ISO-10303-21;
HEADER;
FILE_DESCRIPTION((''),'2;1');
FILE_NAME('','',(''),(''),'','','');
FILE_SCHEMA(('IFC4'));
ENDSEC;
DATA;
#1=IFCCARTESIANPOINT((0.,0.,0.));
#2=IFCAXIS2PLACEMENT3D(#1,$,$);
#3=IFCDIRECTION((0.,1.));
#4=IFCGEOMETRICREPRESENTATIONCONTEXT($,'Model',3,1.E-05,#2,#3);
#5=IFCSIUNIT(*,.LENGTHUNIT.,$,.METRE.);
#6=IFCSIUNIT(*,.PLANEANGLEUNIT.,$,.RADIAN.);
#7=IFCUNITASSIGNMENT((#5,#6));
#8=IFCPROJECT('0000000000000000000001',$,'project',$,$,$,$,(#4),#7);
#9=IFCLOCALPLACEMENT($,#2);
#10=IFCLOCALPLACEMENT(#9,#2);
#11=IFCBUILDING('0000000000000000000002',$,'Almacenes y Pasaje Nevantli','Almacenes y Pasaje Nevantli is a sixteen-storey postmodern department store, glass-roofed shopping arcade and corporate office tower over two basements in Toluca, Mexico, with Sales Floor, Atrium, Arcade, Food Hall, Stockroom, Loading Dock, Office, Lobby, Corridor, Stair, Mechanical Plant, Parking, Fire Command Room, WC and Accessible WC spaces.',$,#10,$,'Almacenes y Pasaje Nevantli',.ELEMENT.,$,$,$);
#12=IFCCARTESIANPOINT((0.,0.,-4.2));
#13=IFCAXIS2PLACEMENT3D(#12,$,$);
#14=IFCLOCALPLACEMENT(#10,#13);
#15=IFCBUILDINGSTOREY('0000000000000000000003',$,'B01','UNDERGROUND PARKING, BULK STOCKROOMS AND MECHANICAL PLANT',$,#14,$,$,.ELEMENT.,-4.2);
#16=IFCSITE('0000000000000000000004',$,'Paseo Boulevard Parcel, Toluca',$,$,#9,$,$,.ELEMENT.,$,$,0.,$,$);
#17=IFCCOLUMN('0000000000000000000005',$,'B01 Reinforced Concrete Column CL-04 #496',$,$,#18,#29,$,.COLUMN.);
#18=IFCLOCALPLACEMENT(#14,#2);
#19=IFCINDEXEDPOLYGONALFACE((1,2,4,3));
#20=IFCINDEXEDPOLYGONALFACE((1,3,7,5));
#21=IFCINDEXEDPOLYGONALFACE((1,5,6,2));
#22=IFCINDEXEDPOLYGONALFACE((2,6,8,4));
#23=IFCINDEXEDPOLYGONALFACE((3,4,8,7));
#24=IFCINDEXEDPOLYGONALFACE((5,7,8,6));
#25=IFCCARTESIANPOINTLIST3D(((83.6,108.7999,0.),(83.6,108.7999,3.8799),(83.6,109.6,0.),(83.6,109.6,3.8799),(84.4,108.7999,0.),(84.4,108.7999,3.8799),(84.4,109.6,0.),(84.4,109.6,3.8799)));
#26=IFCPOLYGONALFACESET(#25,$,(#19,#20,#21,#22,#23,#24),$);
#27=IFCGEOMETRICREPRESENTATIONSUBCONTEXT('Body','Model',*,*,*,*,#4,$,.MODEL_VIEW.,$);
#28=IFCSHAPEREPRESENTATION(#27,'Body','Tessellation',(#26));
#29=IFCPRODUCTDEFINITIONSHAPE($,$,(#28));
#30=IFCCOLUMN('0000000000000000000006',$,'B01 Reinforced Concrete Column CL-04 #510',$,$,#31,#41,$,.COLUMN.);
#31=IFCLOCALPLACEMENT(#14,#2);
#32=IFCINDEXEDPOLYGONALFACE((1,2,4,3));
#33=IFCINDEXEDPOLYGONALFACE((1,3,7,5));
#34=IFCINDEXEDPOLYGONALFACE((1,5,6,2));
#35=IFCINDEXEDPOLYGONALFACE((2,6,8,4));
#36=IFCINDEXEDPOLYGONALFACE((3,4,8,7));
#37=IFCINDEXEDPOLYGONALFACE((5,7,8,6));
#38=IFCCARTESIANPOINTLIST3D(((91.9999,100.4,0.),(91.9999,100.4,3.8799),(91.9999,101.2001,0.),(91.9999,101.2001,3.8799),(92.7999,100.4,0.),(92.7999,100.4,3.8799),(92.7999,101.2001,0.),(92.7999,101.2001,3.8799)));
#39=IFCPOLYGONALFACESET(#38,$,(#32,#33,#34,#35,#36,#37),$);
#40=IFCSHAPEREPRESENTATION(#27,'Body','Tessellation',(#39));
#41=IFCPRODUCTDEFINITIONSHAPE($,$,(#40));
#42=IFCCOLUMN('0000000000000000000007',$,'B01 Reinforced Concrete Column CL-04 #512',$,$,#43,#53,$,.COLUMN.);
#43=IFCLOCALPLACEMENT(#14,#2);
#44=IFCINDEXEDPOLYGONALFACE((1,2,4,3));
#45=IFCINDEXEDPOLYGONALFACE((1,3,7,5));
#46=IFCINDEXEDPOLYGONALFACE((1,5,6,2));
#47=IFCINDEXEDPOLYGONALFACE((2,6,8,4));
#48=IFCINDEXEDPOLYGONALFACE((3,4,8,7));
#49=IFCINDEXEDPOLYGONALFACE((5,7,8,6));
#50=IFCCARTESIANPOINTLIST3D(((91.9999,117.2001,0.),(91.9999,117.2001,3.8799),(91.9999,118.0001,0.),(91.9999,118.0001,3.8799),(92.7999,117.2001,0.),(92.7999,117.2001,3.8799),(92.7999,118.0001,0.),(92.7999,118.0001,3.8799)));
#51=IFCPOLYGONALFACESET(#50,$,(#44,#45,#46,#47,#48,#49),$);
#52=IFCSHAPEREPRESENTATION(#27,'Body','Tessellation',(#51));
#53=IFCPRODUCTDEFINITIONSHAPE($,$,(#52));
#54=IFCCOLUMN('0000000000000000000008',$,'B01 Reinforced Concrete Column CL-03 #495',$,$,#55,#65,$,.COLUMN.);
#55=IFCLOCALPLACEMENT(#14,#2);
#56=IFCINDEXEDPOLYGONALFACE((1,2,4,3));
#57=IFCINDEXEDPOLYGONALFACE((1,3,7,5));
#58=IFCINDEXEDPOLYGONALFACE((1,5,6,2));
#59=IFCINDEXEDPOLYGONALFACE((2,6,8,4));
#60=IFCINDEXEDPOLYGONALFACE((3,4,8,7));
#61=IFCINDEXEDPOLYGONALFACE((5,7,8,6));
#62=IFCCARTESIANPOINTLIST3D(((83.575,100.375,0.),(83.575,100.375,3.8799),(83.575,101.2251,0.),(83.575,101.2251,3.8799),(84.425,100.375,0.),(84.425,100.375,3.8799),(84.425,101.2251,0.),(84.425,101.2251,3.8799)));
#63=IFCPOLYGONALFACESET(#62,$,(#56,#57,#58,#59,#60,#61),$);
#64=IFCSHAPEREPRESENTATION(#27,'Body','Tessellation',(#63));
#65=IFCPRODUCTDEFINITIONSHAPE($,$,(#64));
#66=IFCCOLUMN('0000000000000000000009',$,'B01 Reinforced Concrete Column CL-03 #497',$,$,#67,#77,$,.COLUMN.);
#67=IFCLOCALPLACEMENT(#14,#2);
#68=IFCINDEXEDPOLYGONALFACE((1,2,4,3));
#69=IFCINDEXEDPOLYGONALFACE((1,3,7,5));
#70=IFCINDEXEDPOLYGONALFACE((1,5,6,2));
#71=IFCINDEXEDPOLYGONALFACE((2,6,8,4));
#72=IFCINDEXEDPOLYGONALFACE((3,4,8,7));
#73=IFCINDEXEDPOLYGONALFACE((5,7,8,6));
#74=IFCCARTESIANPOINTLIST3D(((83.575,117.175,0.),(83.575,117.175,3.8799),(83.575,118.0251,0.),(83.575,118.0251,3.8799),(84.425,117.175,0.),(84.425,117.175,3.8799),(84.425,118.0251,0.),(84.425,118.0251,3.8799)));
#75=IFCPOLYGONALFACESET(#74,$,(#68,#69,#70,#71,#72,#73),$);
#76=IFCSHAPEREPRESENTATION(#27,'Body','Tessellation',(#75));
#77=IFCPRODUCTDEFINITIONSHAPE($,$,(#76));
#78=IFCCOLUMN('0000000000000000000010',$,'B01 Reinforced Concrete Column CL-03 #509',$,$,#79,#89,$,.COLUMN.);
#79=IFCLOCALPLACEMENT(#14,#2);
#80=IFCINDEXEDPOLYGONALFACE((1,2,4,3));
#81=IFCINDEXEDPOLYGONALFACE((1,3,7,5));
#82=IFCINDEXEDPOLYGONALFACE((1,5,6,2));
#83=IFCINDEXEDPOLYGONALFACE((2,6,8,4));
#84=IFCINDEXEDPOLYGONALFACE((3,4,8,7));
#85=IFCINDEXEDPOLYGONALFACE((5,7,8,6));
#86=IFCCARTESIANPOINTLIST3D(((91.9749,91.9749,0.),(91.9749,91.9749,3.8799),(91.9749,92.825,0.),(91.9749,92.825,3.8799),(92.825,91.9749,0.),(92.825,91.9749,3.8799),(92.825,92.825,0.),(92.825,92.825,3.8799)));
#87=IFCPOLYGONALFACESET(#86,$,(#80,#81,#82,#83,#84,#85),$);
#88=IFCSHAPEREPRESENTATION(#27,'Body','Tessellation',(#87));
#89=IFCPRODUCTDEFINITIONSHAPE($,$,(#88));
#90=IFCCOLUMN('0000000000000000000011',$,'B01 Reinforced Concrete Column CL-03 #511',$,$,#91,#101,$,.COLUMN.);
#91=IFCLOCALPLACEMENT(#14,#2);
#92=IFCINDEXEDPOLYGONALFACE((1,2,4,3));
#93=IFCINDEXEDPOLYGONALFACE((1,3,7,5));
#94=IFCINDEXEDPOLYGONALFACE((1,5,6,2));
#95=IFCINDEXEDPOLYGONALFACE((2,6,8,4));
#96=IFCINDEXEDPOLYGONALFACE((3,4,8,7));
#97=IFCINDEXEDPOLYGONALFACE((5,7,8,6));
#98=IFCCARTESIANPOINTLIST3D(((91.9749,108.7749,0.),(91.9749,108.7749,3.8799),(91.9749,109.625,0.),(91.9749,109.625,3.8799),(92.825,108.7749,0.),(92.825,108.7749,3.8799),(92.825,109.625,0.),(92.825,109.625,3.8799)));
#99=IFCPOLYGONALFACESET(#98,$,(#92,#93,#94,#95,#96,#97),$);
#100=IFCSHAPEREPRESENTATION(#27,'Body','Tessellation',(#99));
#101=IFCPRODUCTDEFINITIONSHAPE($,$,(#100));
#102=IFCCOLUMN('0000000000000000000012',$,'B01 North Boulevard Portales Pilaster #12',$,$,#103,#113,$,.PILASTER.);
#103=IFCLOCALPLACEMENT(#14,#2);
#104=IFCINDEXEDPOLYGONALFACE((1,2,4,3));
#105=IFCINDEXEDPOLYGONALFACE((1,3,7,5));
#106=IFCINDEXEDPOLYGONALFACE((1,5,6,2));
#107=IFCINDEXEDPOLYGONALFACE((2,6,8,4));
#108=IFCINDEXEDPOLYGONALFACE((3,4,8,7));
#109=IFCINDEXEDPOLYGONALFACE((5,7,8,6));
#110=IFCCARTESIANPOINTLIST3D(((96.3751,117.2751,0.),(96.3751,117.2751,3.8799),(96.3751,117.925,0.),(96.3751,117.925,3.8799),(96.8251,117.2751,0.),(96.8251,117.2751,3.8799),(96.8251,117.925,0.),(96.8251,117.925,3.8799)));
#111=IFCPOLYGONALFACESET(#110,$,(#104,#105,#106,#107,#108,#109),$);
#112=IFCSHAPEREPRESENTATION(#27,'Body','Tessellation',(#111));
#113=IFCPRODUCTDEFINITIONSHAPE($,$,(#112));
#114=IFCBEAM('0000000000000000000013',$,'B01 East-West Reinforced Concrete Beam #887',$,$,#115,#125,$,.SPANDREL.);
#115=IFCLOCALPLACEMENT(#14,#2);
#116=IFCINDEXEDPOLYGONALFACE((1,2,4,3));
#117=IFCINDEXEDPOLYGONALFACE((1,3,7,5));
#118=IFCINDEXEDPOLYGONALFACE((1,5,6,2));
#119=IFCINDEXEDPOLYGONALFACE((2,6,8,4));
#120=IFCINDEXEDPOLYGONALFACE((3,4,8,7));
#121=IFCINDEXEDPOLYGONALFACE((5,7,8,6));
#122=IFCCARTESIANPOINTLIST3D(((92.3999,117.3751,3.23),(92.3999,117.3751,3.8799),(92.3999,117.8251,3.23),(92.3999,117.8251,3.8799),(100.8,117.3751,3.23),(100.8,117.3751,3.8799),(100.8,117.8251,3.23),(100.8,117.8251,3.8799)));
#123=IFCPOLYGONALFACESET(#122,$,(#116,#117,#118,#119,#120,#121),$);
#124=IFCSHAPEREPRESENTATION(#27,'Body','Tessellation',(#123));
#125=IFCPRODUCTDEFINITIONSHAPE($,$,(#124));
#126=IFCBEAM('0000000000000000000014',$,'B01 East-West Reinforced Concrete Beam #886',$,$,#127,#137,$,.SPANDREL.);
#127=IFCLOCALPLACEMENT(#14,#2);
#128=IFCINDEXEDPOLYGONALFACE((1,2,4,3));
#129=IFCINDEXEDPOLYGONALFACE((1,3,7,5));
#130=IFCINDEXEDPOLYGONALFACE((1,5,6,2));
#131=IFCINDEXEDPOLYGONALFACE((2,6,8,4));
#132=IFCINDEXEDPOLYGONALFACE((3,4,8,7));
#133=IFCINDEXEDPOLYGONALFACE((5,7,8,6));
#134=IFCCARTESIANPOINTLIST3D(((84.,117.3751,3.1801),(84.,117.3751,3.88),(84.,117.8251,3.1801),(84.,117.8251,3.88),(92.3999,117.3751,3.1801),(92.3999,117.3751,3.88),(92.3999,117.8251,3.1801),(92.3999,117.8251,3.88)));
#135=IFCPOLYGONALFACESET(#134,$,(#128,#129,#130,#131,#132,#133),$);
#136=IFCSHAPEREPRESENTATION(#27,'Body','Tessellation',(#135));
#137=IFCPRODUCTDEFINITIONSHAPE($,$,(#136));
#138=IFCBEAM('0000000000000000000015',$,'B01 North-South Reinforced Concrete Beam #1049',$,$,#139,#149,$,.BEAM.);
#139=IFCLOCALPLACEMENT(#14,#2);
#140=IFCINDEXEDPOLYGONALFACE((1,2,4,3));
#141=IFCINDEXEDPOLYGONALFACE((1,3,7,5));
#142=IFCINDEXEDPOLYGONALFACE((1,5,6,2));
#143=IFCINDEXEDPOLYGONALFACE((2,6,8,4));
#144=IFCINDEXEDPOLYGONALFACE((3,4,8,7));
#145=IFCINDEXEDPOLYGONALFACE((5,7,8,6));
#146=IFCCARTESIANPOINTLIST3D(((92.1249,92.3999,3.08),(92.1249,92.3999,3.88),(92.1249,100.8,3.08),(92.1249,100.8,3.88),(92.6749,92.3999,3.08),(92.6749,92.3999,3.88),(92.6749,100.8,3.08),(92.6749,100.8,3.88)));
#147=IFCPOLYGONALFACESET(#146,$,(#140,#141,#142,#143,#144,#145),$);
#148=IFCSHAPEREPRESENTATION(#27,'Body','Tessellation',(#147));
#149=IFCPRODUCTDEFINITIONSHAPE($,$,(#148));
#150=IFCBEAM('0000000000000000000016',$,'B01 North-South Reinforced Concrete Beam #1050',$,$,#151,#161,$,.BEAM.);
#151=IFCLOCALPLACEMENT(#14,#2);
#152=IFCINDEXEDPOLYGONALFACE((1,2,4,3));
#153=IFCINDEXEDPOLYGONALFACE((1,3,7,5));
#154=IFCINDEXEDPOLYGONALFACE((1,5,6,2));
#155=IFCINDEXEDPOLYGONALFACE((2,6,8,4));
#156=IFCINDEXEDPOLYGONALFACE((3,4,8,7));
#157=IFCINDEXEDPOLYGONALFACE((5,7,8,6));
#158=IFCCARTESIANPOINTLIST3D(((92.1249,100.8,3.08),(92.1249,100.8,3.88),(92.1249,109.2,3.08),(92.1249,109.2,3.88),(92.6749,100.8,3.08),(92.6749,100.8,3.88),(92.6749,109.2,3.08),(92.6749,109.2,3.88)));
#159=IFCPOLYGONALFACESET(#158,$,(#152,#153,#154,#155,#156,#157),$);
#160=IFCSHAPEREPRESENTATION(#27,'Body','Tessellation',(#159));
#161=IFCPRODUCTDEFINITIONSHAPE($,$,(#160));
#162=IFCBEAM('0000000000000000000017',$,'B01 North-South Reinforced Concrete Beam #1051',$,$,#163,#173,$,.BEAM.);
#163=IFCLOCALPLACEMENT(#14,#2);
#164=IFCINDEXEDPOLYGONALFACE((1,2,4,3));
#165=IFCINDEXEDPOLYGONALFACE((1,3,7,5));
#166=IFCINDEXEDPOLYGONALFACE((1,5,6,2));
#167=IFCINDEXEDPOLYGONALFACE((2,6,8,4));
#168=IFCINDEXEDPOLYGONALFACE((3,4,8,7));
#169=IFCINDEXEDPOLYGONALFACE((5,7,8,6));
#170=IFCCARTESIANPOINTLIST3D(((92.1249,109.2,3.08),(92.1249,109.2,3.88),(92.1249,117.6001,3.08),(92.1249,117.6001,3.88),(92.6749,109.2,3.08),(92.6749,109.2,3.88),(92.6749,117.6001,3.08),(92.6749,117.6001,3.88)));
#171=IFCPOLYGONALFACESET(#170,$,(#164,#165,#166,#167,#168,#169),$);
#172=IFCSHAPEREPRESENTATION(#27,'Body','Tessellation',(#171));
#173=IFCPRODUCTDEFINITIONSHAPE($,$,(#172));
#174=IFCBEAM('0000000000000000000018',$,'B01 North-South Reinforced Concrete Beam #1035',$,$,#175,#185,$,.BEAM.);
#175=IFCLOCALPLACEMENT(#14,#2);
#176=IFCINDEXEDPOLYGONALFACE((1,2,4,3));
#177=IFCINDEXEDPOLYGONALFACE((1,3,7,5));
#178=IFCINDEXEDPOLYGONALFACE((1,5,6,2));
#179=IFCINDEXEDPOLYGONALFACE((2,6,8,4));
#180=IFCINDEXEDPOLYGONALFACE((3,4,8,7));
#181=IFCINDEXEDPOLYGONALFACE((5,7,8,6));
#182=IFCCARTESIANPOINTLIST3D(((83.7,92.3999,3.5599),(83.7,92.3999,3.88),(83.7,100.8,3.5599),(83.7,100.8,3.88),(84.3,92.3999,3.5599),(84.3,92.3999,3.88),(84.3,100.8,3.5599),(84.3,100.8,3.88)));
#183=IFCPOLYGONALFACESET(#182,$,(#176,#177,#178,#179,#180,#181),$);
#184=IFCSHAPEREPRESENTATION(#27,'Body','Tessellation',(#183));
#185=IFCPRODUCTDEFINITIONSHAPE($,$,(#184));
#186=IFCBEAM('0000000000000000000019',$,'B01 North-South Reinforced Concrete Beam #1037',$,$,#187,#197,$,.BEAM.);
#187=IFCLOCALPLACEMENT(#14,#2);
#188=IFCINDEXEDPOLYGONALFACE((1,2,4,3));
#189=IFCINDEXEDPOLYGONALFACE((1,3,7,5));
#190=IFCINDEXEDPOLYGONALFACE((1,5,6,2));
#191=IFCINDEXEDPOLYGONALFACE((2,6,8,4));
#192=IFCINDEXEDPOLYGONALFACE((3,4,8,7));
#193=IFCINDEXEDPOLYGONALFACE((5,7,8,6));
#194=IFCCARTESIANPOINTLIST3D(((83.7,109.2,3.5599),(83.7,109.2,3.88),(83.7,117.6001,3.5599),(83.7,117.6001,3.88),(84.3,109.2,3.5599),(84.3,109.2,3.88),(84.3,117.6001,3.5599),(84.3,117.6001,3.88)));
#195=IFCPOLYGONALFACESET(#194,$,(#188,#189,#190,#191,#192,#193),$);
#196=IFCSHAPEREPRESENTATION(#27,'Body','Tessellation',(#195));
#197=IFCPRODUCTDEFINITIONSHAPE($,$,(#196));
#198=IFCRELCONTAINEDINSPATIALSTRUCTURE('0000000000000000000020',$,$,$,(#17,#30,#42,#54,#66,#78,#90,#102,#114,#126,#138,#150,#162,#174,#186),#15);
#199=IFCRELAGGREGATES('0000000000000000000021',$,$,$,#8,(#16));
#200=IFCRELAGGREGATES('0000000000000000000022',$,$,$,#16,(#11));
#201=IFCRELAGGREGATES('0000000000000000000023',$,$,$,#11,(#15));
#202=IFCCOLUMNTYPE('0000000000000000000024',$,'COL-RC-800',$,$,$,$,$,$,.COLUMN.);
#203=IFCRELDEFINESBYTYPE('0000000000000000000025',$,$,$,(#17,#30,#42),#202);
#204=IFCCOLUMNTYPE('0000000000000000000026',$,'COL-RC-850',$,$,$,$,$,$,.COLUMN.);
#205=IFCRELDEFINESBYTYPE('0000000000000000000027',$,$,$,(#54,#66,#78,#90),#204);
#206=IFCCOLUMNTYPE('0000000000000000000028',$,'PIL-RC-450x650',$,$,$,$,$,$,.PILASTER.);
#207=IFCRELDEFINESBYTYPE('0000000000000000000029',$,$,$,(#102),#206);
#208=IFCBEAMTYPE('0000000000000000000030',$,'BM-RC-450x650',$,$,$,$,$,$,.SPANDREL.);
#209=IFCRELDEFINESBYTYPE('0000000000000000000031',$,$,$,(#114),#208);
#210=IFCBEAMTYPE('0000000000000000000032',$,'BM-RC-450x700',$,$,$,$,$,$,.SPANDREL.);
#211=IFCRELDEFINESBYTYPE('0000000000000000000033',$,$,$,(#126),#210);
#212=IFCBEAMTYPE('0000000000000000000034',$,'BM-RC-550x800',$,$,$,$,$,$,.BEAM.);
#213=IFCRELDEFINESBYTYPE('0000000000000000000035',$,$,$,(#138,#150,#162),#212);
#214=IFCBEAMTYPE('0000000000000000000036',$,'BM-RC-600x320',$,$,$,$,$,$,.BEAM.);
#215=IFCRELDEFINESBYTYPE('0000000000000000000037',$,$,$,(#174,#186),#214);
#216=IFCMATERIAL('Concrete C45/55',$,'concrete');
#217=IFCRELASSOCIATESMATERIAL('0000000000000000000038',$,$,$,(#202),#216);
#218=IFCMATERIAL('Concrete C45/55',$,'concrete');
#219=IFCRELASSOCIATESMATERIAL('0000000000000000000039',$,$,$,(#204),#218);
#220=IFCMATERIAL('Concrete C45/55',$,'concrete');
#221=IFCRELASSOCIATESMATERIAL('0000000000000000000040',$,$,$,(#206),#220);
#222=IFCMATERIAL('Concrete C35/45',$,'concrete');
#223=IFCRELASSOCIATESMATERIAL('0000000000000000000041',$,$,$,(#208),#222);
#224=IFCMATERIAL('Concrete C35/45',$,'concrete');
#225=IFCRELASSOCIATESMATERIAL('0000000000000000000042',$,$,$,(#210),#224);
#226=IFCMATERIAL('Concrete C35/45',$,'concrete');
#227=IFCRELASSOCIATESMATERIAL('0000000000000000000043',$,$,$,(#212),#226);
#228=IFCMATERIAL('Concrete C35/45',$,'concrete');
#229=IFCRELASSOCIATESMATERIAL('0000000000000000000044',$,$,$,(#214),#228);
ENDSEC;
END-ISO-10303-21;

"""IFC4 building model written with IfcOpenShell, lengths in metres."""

from ifc_helpers import new_model, si_unit, direction, frame, origin, origin_2d, place, context, subcontext, project, spatial, rectangle, extrude, material, material_profile, profile_set, type_object, element, save


model = new_model("IFC4")

# Units and contexts
model_context = context("Model", 3, precision=1e-05, world=origin(), true_north=direction((0.0, 1.0)))
body_context = subcontext(model_context, "Body", "Model", "MODEL_VIEW")
ifc_project = project(units=[si_unit("LENGTHUNIT", "METRE"), si_unit("PLANEANGLEUNIT", "RADIAN")], contexts=[model_context])

# Site, building, storey
site_placement = place(None, origin())
site = spatial("IfcSite", under=ifc_project, at=site_placement, Name="Paseo Boulevard Parcel, Toluca", CompositionType="ELEMENT", RefElevation=0.0)
building_placement = place(site_placement, origin())
building = spatial("IfcBuilding", under=site, at=building_placement, Name="Almacenes y Pasaje Nevantli", Description="Almacenes y Pasaje Nevantli is a sixteen-storey postmodern department store, glass-roofed shopping arcade and corporate office tower over two basements in Toluca, Mexico, with Sales Floor, Atrium, Arcade, Food Hall, Stockroom, Loading Dock, Office, Lobby, Corridor, Stair, Mechanical Plant, Parking, Fire Command Room, WC and Accessible WC spaces.", LongName="Almacenes y Pasaje Nevantli", CompositionType="ELEMENT")
storey_placement = place(building_placement, frame((0.0, 0.0, -4.2)))
storey = spatial("IfcBuildingStorey", under=building, at=storey_placement, Name="B01", Description="UNDERGROUND PARKING, BULK STOCKROOMS AND MECHANICAL PLANT", CompositionType="ELEMENT", Elevation=-4.2)

# Columns
ifc_material_1 = material(Name="Concrete C45/55", Category="concrete")
ifc_material_profile_1 = material_profile(ifc_material_1, rectangle(XDim=0.8, YDim=0.8, at=origin_2d()), Name="RC-COL-800x800")
ifc_profile_set_1 = profile_set([ifc_material_profile_1], Name="Concrete C45/55")
column_type_1 = type_object("IfcColumnType", Name="COL-RC-800", PredefinedType="COLUMN", material=ifc_profile_set_1)
for number, where, z_axis, x_axis, name in (
    (1, (84.0, 109.2, 0.0), (0.0, 0.0, 1.0), (1.0, 0.0, 0.0), "B01 Reinforced Concrete Column CL-04 #496"),
    (2, (92.3999, 100.8, 0.0), (0.0, 0.0, 1.0), (1.0, 0.0, 0.0), "B01 Reinforced Concrete Column CL-04 #510"),
    (3, (92.3999, 117.6001, 0.0), (0.0, 0.0, 1.0), (1.0, 0.0, 0.0), "B01 Reinforced Concrete Column CL-04 #512"),
):
    element("IfcColumn", number, at=place(storey_placement, frame(where, z_axis=z_axis, x_axis=x_axis)), inside=storey, type_object=column_type_1, Name=name, PredefinedType="COLUMN", context=body_context, shape_type="SweptSolid", body=[
        extrude(rectangle(XDim=0.8, YDim=0.8, at=origin_2d()), origin(), (0.0, 0.0, 1.0), 3.8799),
    ])
ifc_material_2 = material(Name="Concrete C45/55", Category="concrete")
ifc_material_profile_2 = material_profile(ifc_material_2, rectangle(XDim=0.8501, YDim=0.8501, at=origin_2d()), Name="RC-COL-850x850")
ifc_profile_set_2 = profile_set([ifc_material_profile_2], Name="Concrete C45/55")
column_type_2 = type_object("IfcColumnType", Name="COL-RC-850", PredefinedType="COLUMN", material=ifc_profile_set_2)
for number, where, z_axis, x_axis, name in (
    (4, (84.0, 100.8, 0.0), (0.0, 0.0, 1.0), (1.0, 0.0, 0.0), "B01 Reinforced Concrete Column CL-03 #495"),
    (5, (84.0, 117.6001, 0.0), (0.0, 0.0, 1.0), (1.0, 0.0, 0.0), "B01 Reinforced Concrete Column CL-03 #497"),
    (6, (92.3999, 92.3999, 0.0), (0.0, 0.0, 1.0), (1.0, 0.0, 0.0), "B01 Reinforced Concrete Column CL-03 #509"),
    (7, (92.3999, 109.2, 0.0), (0.0, 0.0, 1.0), (1.0, 0.0, 0.0), "B01 Reinforced Concrete Column CL-03 #511"),
):
    element("IfcColumn", number, at=place(storey_placement, frame(where, z_axis=z_axis, x_axis=x_axis)), inside=storey, type_object=column_type_2, Name=name, PredefinedType="COLUMN", context=body_context, shape_type="SweptSolid", body=[
        extrude(rectangle(XDim=0.8501, YDim=0.8501, at=origin_2d()), origin(), (0.0, 0.0, 1.0), 3.8799),
    ])
ifc_material_3 = material(Name="Concrete C45/55", Category="concrete")
ifc_material_profile_3 = material_profile(ifc_material_3, rectangle(XDim=0.45, YDim=0.6499, at=origin_2d()), Name="RC-PIL-450x650")
ifc_profile_set_3 = profile_set([ifc_material_profile_3], Name="Concrete C45/55")
column_type_3 = type_object("IfcColumnType", Name="PIL-RC-450x650", PredefinedType="PILASTER", material=ifc_profile_set_3)
column_placement = place(storey_placement, frame((96.6001, 117.6001, 0.0), z_axis=(0.0, 0.0, 1.0), x_axis=(1.0, 0.0, 0.0)))
element("IfcColumn", 8, at=column_placement, inside=storey, type_object=column_type_3, Name="B01 North Boulevard Portales Pilaster #12", PredefinedType="PILASTER", context=body_context, shape_type="SweptSolid", body=[
    extrude(rectangle(XDim=0.45, YDim=0.6499, at=origin_2d()), origin(), (0.0, 0.0, 1.0), 3.8799),
])

# Beams
ifc_material_4 = material(Name="Concrete C35/45", Category="concrete")
ifc_material_profile_4 = material_profile(ifc_material_4, rectangle(XDim=0.45, YDim=0.6499, at=origin_2d()), Name="RC-BM-450x650")
ifc_profile_set_4 = profile_set([ifc_material_profile_4], Name="Concrete C35/45")
beam_type_1 = type_object("IfcBeamType", Name="BM-RC-450x650", PredefinedType="SPANDREL", material=ifc_profile_set_4)
beam_1_placement = place(storey_placement, frame((92.3999, 117.6001, 3.5549), z_axis=(1.0, 0.0, 0.0), x_axis=(0.0, 1.0, 0.0)))
element("IfcBeam", 9, at=beam_1_placement, inside=storey, type_object=beam_type_1, Name="B01 East-West Reinforced Concrete Beam #887", PredefinedType="SPANDREL", context=body_context, shape_type="SweptSolid", body=[
    extrude(rectangle(XDim=0.45, YDim=0.6499, at=origin_2d()), origin(), (0.0, 0.0, 1.0), 8.4001),
])
ifc_material_5 = material(Name="Concrete C35/45", Category="concrete")
ifc_material_profile_5 = material_profile(ifc_material_5, rectangle(XDim=0.45, YDim=0.7, at=origin_2d()), Name="RC-BM-450x700")
ifc_profile_set_5 = profile_set([ifc_material_profile_5], Name="Concrete C35/45")
beam_type_2 = type_object("IfcBeamType", Name="BM-RC-450x700", PredefinedType="SPANDREL", material=ifc_profile_set_5)
beam_2_placement = place(storey_placement, frame((84.0, 117.6001, 3.53), z_axis=(1.0, 0.0, 0.0), x_axis=(0.0, 1.0, 0.0)))
element("IfcBeam", 10, at=beam_2_placement, inside=storey, type_object=beam_type_2, Name="B01 East-West Reinforced Concrete Beam #886", PredefinedType="SPANDREL", context=body_context, shape_type="SweptSolid", body=[
    extrude(rectangle(XDim=0.45, YDim=0.7, at=origin_2d()), origin(), (0.0, 0.0, 1.0), 8.3999),
])
ifc_material_6 = material(Name="Concrete C35/45", Category="concrete")
ifc_material_profile_6 = material_profile(ifc_material_6, rectangle(XDim=0.55, YDim=0.8, at=origin_2d()), Name="RC-BM-550x800")
ifc_profile_set_6 = profile_set([ifc_material_profile_6], Name="Concrete C35/45")
beam_type_3 = type_object("IfcBeamType", Name="BM-RC-550x800", PredefinedType="BEAM", material=ifc_profile_set_6)
beam_3_placement = place(storey_placement, frame((92.3999, 92.3999, 3.48), z_axis=(0.0, 1.0, 0.0), x_axis=(-1.0, 0.0, 0.0)))
element("IfcBeam", 11, at=beam_3_placement, inside=storey, type_object=beam_type_3, Name="B01 North-South Reinforced Concrete Beam #1049", PredefinedType="BEAM", context=body_context, shape_type="SweptSolid", body=[
    extrude(rectangle(XDim=0.55, YDim=0.8, at=origin_2d()), origin(), (0.0, 0.0, 1.0), 8.4001),
])
beam_4_placement = place(storey_placement, frame((92.3999, 100.8, 3.48), z_axis=(0.0, 1.0, 0.0), x_axis=(-1.0, 0.0, 0.0)))
element("IfcBeam", 12, at=beam_4_placement, inside=storey, type_object=beam_type_3, Name="B01 North-South Reinforced Concrete Beam #1050", PredefinedType="BEAM", context=body_context, shape_type="SweptSolid", body=[
    extrude(rectangle(XDim=0.55, YDim=0.8, at=origin_2d()), origin(), (0.0, 0.0, 1.0), 8.3999),
])
beam_5_placement = place(storey_placement, frame((92.3999, 109.2, 3.48), z_axis=(0.0, 1.0, 0.0), x_axis=(-1.0, 0.0, 0.0)))
element("IfcBeam", 13, at=beam_5_placement, inside=storey, type_object=beam_type_3, Name="B01 North-South Reinforced Concrete Beam #1051", PredefinedType="BEAM", context=body_context, shape_type="SweptSolid", body=[
    extrude(rectangle(XDim=0.55, YDim=0.8, at=origin_2d()), origin(), (0.0, 0.0, 1.0), 8.4001),
])
ifc_material_7 = material(Name="Concrete C35/45", Category="concrete")
ifc_material_profile_7 = material_profile(ifc_material_7, rectangle(XDim=0.6001, YDim=0.3201, at=origin_2d()), Name="RC-BM-600x320")
ifc_profile_set_7 = profile_set([ifc_material_profile_7], Name="Concrete C35/45")
beam_type_4 = type_object("IfcBeamType", Name="BM-RC-600x320", PredefinedType="BEAM", material=ifc_profile_set_7)
for number, where, z_axis, x_axis, name in (
    (14, (84.0, 92.3999, 3.72), (0.0, 1.0, 0.0), (-1.0, 0.0, 0.0), "B01 North-South Reinforced Concrete Beam #1035"),
    (15, (84.0, 109.2, 3.72), (0.0, 1.0, 0.0), (-1.0, 0.0, 0.0), "B01 North-South Reinforced Concrete Beam #1037"),
):
    element("IfcBeam", number, at=place(storey_placement, frame(where, z_axis=z_axis, x_axis=x_axis)), inside=storey, type_object=beam_type_4, Name=name, PredefinedType="BEAM", context=body_context, shape_type="SweptSolid", body=[
        extrude(rectangle(XDim=0.6001, YDim=0.3201, at=origin_2d()), origin(), (0.0, 0.0, 1.0), 8.4001),
    ])

save(model, "model.ifc")
